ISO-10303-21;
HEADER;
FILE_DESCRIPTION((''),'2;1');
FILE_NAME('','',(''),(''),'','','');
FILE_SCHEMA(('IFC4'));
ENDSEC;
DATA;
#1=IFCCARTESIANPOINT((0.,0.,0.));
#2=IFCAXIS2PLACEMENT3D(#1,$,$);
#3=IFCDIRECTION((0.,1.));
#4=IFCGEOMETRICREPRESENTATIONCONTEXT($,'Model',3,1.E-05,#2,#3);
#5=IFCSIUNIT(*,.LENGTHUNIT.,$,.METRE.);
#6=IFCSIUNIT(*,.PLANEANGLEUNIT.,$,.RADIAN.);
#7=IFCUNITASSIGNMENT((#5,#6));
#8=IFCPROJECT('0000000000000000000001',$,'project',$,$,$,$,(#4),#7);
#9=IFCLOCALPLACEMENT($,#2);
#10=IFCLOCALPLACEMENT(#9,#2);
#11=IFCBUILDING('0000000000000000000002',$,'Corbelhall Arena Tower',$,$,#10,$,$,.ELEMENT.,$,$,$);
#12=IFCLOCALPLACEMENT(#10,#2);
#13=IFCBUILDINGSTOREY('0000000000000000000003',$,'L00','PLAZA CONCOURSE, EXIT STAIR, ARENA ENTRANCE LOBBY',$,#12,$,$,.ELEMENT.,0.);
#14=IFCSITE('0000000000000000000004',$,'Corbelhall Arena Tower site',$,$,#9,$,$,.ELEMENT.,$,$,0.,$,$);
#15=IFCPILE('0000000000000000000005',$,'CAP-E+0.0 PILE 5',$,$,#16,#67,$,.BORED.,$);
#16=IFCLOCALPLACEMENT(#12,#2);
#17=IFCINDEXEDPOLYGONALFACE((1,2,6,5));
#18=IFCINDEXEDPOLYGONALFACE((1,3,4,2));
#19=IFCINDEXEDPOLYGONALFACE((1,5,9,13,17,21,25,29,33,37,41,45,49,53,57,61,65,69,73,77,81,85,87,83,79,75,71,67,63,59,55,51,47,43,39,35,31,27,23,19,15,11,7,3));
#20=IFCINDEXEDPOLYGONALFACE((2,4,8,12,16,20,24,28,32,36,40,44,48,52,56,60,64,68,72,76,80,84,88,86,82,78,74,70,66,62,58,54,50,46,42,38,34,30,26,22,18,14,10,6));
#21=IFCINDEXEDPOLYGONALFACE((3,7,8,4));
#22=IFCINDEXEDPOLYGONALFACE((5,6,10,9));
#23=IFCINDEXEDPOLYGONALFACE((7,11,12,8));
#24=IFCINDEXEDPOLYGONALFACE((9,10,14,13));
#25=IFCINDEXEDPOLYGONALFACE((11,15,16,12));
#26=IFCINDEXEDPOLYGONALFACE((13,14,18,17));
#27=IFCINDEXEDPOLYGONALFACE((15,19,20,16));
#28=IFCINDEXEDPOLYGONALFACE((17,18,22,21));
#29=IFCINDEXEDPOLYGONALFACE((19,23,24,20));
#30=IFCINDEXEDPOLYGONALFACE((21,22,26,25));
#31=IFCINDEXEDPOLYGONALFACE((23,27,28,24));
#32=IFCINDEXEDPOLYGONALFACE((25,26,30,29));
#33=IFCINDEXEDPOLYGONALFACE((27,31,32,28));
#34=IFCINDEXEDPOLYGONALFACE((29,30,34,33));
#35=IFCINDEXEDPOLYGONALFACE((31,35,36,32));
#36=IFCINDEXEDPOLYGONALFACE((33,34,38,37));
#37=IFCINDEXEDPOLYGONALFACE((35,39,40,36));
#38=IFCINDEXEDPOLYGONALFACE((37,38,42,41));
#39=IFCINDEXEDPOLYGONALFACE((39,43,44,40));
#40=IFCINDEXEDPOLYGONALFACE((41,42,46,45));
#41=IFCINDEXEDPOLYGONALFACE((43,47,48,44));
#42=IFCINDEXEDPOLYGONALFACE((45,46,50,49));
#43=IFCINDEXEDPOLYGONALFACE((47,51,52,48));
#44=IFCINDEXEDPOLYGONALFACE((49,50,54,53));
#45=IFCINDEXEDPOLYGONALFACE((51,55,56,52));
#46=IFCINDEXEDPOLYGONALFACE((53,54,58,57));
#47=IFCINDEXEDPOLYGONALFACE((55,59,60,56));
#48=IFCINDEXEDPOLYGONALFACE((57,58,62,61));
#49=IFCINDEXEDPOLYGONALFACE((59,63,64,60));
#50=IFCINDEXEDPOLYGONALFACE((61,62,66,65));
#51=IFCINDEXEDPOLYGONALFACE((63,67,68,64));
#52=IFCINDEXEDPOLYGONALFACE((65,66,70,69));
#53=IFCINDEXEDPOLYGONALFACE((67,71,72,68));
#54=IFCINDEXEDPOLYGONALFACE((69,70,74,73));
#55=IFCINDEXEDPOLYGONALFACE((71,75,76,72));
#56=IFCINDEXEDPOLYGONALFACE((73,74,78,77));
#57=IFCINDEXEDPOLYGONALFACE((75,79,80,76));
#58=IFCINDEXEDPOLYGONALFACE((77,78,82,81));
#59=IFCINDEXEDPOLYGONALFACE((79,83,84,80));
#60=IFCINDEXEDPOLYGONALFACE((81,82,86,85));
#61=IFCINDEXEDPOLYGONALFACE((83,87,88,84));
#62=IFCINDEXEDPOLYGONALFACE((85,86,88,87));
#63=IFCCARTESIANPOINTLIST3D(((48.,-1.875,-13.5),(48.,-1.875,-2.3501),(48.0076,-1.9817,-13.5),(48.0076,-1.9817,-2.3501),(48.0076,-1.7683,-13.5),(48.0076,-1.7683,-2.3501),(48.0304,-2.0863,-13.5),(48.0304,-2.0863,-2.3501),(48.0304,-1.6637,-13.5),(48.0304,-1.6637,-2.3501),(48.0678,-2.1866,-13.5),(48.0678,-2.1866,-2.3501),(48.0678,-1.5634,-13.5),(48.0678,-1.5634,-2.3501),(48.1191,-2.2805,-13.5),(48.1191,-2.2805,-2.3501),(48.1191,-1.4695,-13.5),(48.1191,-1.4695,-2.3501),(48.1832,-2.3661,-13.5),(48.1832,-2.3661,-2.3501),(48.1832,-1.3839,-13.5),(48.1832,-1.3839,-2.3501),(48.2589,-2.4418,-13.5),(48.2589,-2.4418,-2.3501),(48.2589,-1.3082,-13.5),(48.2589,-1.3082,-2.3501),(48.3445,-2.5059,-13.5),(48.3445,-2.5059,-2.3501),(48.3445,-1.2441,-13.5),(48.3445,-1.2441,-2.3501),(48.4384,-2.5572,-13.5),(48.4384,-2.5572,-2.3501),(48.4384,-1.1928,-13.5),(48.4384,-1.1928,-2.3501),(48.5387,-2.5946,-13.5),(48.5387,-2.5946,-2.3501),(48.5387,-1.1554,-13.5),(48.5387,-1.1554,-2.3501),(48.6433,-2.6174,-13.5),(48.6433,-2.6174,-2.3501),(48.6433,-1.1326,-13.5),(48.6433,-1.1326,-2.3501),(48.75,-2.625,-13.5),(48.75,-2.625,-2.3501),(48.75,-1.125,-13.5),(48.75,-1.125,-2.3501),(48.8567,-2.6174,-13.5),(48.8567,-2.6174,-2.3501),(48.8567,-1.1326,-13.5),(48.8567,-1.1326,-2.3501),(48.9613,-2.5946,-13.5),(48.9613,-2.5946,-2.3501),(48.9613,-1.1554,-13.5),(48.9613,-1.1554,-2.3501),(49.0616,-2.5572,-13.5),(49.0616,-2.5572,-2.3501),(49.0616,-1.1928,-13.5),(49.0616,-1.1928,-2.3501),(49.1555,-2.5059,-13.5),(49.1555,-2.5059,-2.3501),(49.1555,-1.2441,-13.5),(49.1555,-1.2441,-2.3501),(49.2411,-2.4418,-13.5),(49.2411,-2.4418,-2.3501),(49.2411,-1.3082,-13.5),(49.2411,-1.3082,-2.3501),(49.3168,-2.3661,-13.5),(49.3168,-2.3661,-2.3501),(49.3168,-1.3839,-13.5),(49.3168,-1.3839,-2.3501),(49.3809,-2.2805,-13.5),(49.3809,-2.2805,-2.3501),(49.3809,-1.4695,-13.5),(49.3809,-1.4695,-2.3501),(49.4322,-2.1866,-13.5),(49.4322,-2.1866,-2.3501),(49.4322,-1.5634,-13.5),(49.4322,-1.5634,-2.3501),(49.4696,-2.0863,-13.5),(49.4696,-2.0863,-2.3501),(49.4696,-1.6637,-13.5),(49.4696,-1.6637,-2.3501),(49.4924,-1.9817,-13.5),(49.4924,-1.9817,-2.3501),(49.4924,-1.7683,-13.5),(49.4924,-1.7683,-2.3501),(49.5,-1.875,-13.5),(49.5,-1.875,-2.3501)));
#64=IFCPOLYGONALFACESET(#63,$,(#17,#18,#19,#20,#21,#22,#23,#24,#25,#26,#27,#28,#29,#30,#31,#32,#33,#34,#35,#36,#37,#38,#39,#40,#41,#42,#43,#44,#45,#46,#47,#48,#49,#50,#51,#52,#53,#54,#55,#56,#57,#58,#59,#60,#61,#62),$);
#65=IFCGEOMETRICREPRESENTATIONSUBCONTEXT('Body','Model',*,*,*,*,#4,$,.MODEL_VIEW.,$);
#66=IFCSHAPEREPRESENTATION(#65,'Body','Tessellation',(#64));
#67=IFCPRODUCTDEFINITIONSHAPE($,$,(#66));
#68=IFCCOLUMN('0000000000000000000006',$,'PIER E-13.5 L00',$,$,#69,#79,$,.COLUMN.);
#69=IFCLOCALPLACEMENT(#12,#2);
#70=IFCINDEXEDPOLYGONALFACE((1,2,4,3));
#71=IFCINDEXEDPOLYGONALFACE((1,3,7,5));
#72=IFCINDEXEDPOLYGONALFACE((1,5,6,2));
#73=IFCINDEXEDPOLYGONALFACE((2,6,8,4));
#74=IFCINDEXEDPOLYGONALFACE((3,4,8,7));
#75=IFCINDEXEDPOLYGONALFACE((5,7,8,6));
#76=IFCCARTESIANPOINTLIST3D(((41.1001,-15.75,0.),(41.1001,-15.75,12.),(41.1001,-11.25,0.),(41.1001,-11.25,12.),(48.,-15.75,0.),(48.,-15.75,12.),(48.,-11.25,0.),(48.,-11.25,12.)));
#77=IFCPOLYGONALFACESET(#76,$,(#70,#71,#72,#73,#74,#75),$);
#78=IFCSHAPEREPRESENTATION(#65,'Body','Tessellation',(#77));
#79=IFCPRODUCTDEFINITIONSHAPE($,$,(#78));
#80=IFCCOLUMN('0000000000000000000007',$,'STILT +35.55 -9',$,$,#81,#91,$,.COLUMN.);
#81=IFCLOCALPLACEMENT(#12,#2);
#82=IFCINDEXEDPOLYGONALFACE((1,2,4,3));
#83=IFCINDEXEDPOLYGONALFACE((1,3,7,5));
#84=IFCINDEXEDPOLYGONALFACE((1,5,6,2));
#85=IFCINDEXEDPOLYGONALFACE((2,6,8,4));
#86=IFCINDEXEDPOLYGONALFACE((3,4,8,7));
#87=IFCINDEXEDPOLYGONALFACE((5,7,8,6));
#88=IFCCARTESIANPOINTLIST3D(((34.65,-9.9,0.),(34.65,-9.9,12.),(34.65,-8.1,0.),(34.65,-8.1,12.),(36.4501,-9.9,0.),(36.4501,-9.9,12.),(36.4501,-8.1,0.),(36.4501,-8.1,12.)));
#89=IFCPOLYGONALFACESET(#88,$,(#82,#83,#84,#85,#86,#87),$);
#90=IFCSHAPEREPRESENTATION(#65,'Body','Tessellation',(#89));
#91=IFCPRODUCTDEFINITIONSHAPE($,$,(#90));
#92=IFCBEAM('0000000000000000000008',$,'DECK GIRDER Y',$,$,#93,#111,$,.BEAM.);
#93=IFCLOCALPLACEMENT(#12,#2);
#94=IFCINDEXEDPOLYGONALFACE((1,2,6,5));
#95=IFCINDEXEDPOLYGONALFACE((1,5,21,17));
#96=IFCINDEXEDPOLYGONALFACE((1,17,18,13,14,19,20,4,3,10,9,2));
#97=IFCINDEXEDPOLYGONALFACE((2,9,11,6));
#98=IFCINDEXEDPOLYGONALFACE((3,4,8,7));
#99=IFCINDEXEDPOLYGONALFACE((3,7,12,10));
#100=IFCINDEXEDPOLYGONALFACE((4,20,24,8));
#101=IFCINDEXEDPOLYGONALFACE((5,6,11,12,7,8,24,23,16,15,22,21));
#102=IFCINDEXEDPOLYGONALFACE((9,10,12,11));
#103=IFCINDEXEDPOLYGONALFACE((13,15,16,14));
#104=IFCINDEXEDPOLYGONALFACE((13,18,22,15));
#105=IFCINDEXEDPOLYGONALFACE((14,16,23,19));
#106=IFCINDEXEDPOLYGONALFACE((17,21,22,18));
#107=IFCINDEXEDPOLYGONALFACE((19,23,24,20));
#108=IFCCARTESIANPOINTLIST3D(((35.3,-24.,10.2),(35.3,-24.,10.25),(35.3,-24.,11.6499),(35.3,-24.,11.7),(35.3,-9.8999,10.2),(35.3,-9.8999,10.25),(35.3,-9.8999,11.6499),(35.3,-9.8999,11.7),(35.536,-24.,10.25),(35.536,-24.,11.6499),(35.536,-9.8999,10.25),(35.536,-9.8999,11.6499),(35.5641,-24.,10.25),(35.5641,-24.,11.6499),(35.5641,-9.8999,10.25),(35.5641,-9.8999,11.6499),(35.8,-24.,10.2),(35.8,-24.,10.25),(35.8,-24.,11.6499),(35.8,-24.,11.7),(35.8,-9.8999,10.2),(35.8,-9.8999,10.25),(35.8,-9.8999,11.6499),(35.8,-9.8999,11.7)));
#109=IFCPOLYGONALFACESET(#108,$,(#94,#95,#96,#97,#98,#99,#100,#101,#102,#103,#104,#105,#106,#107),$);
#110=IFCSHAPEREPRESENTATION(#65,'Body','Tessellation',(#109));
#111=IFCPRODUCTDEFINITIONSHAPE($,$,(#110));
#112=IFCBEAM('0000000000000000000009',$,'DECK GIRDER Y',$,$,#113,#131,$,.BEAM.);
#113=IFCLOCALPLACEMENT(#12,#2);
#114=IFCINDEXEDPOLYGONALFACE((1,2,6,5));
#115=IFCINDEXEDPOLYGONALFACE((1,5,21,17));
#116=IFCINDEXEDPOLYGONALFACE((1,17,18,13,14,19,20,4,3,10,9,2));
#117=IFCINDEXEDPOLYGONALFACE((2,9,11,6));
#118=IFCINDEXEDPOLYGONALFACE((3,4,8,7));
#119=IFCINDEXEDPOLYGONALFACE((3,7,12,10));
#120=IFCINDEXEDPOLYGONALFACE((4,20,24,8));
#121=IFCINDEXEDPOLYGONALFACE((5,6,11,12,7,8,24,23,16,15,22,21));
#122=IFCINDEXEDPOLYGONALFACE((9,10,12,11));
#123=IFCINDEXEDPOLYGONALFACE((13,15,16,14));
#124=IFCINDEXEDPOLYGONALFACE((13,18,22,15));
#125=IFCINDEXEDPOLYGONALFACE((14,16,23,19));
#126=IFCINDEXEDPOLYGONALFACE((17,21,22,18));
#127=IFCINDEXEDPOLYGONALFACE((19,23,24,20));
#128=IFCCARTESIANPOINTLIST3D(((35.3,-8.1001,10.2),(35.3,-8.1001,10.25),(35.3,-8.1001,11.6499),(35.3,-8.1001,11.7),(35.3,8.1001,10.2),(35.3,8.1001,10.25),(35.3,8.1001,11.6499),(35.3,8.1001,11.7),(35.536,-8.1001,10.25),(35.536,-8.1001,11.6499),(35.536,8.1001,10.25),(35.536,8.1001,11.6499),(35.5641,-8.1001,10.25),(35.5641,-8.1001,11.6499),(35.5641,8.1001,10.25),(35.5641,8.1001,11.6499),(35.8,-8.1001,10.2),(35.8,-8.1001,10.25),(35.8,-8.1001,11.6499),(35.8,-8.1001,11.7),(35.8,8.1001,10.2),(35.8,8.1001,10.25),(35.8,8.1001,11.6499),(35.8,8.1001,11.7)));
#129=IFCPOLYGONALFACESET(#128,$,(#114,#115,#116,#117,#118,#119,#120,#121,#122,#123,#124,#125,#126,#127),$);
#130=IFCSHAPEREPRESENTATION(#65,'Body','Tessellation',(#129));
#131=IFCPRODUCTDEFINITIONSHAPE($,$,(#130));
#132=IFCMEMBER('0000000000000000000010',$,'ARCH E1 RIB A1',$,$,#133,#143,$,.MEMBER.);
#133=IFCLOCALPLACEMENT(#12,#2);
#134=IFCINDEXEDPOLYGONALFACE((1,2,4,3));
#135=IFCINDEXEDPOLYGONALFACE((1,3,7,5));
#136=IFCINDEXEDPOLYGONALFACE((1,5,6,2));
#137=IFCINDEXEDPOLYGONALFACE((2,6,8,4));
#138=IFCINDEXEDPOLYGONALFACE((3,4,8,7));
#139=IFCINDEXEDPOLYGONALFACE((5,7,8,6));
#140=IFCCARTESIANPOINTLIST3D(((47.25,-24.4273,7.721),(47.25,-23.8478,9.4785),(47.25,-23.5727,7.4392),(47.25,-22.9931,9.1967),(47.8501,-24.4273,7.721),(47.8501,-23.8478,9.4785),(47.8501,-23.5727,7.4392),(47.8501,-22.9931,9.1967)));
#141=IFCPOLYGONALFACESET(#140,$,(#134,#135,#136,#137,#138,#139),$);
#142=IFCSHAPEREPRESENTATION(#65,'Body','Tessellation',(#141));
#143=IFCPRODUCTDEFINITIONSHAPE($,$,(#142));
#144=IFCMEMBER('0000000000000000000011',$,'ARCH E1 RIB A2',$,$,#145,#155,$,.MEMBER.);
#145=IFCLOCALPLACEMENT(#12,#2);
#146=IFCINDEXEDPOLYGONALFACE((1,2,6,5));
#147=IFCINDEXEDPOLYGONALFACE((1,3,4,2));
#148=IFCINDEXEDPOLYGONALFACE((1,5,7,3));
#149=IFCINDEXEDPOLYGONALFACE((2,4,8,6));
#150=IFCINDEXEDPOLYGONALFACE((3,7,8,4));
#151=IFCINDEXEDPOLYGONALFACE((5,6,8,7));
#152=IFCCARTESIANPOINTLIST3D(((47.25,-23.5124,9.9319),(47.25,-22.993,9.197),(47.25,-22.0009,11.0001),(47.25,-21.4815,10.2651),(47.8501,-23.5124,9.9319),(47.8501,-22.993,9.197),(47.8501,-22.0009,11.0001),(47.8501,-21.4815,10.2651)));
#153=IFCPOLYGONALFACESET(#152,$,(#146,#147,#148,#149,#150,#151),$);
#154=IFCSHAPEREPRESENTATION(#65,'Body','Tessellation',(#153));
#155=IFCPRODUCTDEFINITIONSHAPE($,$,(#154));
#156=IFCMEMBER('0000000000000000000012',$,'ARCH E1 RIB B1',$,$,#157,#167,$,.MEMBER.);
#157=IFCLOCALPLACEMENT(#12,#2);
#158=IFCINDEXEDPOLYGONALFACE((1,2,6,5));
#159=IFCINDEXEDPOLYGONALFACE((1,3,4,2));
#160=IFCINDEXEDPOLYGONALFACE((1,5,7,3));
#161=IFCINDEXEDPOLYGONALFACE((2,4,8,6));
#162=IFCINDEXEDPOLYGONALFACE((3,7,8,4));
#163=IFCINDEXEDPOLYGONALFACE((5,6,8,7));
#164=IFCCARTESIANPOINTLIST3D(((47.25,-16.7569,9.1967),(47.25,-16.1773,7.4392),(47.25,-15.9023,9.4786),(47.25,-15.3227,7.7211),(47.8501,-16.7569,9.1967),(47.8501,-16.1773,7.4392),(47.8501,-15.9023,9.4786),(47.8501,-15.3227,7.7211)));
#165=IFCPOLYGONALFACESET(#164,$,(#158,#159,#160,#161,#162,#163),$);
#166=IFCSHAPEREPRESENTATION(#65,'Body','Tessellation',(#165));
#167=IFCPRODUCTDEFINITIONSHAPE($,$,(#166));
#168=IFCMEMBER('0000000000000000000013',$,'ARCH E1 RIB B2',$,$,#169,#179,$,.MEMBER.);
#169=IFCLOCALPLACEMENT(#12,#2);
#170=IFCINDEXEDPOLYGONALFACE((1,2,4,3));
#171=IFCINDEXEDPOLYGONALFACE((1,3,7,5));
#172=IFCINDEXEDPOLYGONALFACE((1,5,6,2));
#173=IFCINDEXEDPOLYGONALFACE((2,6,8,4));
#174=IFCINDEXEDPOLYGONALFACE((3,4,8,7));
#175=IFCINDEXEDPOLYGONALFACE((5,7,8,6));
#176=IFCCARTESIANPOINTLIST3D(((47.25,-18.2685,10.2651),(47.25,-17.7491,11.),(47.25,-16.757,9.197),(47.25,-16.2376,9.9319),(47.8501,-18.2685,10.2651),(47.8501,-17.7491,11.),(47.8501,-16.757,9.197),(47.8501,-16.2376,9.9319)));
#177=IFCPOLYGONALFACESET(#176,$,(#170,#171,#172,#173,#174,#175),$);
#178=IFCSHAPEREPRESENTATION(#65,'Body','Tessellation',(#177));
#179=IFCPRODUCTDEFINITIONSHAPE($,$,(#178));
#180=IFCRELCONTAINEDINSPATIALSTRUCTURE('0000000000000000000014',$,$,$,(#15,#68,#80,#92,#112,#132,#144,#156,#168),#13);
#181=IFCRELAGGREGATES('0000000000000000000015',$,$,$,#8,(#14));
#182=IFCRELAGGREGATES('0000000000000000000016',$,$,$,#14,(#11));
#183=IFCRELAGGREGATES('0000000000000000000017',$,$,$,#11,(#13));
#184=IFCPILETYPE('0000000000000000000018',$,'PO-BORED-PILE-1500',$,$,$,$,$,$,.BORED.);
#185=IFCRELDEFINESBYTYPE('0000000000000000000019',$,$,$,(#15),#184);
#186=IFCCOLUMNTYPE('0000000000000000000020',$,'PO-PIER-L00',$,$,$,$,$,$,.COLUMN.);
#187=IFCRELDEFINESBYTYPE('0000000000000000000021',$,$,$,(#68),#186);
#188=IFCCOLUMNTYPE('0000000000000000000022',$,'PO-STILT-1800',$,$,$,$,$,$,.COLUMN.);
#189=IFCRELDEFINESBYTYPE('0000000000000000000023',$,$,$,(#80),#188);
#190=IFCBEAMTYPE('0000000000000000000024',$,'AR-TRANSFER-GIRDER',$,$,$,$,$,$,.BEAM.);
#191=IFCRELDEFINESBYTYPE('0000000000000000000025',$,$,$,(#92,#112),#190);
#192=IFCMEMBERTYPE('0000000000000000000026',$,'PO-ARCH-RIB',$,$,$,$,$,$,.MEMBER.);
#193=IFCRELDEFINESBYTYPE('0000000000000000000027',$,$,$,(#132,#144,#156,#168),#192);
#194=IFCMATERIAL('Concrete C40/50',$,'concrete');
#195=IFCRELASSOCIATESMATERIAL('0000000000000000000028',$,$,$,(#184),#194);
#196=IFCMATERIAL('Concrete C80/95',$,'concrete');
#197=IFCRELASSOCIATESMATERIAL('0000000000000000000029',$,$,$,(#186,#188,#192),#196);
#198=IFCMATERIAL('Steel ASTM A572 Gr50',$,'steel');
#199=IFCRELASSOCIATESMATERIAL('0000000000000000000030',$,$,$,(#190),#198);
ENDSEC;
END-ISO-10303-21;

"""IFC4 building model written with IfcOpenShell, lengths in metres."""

from ifc_helpers import new_model, si_unit, direction, frame, origin, origin_2d, place, context, subcontext, project, spatial, rectangle, circle, i_section, extrude, material, material_profile, profile_set, type_object, element, save


model = new_model("IFC4")

# Units and contexts
model_context = context("Model", 3, precision=1e-05, world=origin(), true_north=direction((0.0, 1.0)))
body_context = subcontext(model_context, "Body", "Model", "MODEL_VIEW")
ifc_project = project(units=[si_unit("LENGTHUNIT", "METRE"), si_unit("PLANEANGLEUNIT", "RADIAN")], contexts=[model_context])

# Site, building, storey
site_placement = place(None, origin())
site = spatial("IfcSite", under=ifc_project, at=site_placement, Name="Corbelhall Arena Tower site", CompositionType="ELEMENT", RefElevation=0.0)
building_placement = place(site_placement, origin())
building = spatial("IfcBuilding", under=site, at=building_placement, Name="Corbelhall Arena Tower", CompositionType="ELEMENT")
storey_placement = place(building_placement, origin())
storey = spatial("IfcBuildingStorey", under=building, at=storey_placement, Name="L00", Description="PLAZA CONCOURSE, EXIT STAIR, ARENA ENTRANCE LOBBY", CompositionType="ELEMENT", Elevation=0.0)

# Pile
ifc_material_1 = material(Name="Concrete C40/50", Category="concrete")
ifc_material_profile_1 = material_profile(ifc_material_1, circle(Radius=0.75, at=origin_2d()))
ifc_profile_set_1 = profile_set([ifc_material_profile_1], Name="Concrete C40/50")
pile_type_1 = type_object("IfcPileType", Name="PO-BORED-PILE-1500", PredefinedType="BORED", material=ifc_profile_set_1)
for number, where, z_axis, x_axis, name in (
    (1, (48.75, -1.875, -2.3501), (0.0, 0.0, -1.0), (1.0, 0.0, 0.0), "CAP-E+0.0 PILE 5"),
):
    element("IfcPile", number, at=place(storey_placement, frame(where, z_axis=z_axis, x_axis=x_axis)), inside=storey, type_object=pile_type_1, Name=name, PredefinedType="BORED", context=body_context, shape_type="SweptSolid", body=[
        extrude(circle(Radius=0.75, at=origin_2d()), origin(), (0.0, 0.0, 1.0), 11.1499),
    ])

# Columns
ifc_material_2 = material(Name="Concrete C80/95", Category="concrete")
ifc_material_profile_2 = material_profile(ifc_material_2, rectangle(XDim=4.5, YDim=6.8999, at=origin_2d()))
ifc_profile_set_2 = profile_set([ifc_material_profile_2], Name="Concrete C80/95")
column_type_1 = type_object("IfcColumnType", Name="PO-PIER-L00", PredefinedType="COLUMN", material=ifc_profile_set_2)
column_1_placement = place(storey_placement, frame((44.55, -13.5, 0.0), z_axis=(0.0, 0.0, 1.0), x_axis=(0.0, 1.0, 0.0)))
element("IfcColumn", 2, at=column_1_placement, inside=storey, type_object=column_type_1, Name="PIER E-13.5 L00", PredefinedType="COLUMN", context=body_context, shape_type="SweptSolid", body=[
    extrude(rectangle(XDim=4.5, YDim=6.8999, at=origin_2d()), origin(), (0.0, 0.0, 1.0), 12.0),
])
ifc_material_profile_3 = material_profile(ifc_material_2, rectangle(XDim=1.8, YDim=1.8, at=origin_2d()))
ifc_profile_set_3 = profile_set([ifc_material_profile_3], Name="Concrete C80/95")
column_type_2 = type_object("IfcColumnType", Name="PO-STILT-1800", PredefinedType="COLUMN", material=ifc_profile_set_3)
column_2_placement = place(storey_placement, frame((35.55, -9.0, 0.0), z_axis=(0.0, 0.0, 1.0), x_axis=(1.0, 0.0, 0.0)))
element("IfcColumn", 3, at=column_2_placement, inside=storey, type_object=column_type_2, Name="STILT +35.55 -9", PredefinedType="COLUMN", context=body_context, shape_type="SweptSolid", body=[
    extrude(rectangle(XDim=1.8, YDim=1.8, at=origin_2d()), origin(), (0.0, 0.0, 1.0), 12.0),
])

# Beams
ifc_material_3 = material(Name="Steel ASTM A572 Gr50", Category="steel")
ifc_material_profile_4 = material_profile(ifc_material_3, i_section(OverallWidth=0.5, OverallDepth=1.5, WebThickness=0.0281, FlangeThickness=0.05, at=origin_2d()))
ifc_profile_set_4 = profile_set([ifc_material_profile_4], Name="Steel ASTM A572 Gr50")
beam_type_1 = type_object("IfcBeamType", Name="AR-TRANSFER-GIRDER", PredefinedType="BEAM", material=ifc_profile_set_4)
beam_1_placement = place(storey_placement, frame((35.55, -24.0, 10.95), z_axis=(0.0, 1.0, 0.0), x_axis=(-1.0, 0.0, 0.0)))
element("IfcBeam", 4, at=beam_1_placement, inside=storey, type_object=beam_type_1, Name="DECK GIRDER Y", PredefinedType="BEAM", context=body_context, shape_type="SweptSolid", body=[
    extrude(i_section(OverallWidth=0.5, OverallDepth=1.5, WebThickness=0.0281, FlangeThickness=0.05, at=origin_2d()), origin(), (0.0, 0.0, 1.0), 14.1001),
])
beam_2_placement = place(storey_placement, frame((35.55, -8.1001, 10.95), z_axis=(0.0, 1.0, 0.0), x_axis=(-1.0, 0.0, 0.0)))
element("IfcBeam", 5, at=beam_2_placement, inside=storey, type_object=beam_type_1, Name="DECK GIRDER Y", PredefinedType="BEAM", context=body_context, shape_type="SweptSolid", body=[
    extrude(i_section(OverallWidth=0.5, OverallDepth=1.5, WebThickness=0.0281, FlangeThickness=0.05, at=origin_2d()), origin(), (0.0, 0.0, 1.0), 16.2002),
])

# Members
ifc_material_profile_5 = material_profile(ifc_material_2, rectangle(XDim=0.6001, YDim=0.8999, at=origin_2d()))
ifc_profile_set_5 = profile_set([ifc_material_profile_5], Name="Concrete C80/95")
member_type = type_object("IfcMemberType", Name="PO-ARCH-RIB", PredefinedType="MEMBER", material=ifc_profile_set_5)
member_1_placement = place(storey_placement, frame((47.55, -24.0, 7.5801), z_axis=(0.0, 0.313179, 0.949694), x_axis=(-1.0, 0.0, 0.0)))
element("IfcMember", 6, at=member_1_placement, inside=storey, type_object=member_type, Name="ARCH E1 RIB A1", PredefinedType="MEMBER", context=body_context, shape_type="SweptSolid", body=[
    extrude(rectangle(XDim=0.6001, YDim=0.8999, at=origin_2d()), origin(), (0.0, 0.0, 1.0), 1.8506),
])
member_2_placement = place(storey_placement, frame((47.55, -23.2527, 9.5645), z_axis=(0.0, 0.816664, 0.577113), x_axis=(-1.0, 0.0, 0.0)))
element("IfcMember", 7, at=member_2_placement, inside=storey, type_object=member_type, Name="ARCH E1 RIB A2", PredefinedType="MEMBER", context=body_context, shape_type="SweptSolid", body=[
    extrude(rectangle(XDim=0.6001, YDim=0.8999, at=origin_2d()), origin(), (0.0, 0.0, 1.0), 1.8508),
])
member_3_placement = place(storey_placement, frame((47.55, -16.3296, 9.3376), z_axis=(0.0, 0.313179, -0.949694), x_axis=(-1.0, 0.0, 0.0)))
element("IfcMember", 8, at=member_3_placement, inside=storey, type_object=member_type, Name="ARCH E1 RIB B1", PredefinedType="MEMBER", context=body_context, shape_type="SweptSolid", body=[
    extrude(rectangle(XDim=0.6001, YDim=0.8999, at=origin_2d()), origin(), (0.0, 0.0, 1.0), 1.8506),
])
member_4_placement = place(storey_placement, frame((47.55, -18.0088, 10.6326), z_axis=(0.0, 0.816664, -0.577113), x_axis=(-1.0, 0.0, 0.0)))
element("IfcMember", 9, at=member_4_placement, inside=storey, type_object=member_type, Name="ARCH E1 RIB B2", PredefinedType="MEMBER", context=body_context, shape_type="SweptSolid", body=[
    extrude(rectangle(XDim=0.6001, YDim=0.8999, at=origin_2d()), origin(), (0.0, 0.0, 1.0), 1.8508),
])

save(model, "model.ifc")
